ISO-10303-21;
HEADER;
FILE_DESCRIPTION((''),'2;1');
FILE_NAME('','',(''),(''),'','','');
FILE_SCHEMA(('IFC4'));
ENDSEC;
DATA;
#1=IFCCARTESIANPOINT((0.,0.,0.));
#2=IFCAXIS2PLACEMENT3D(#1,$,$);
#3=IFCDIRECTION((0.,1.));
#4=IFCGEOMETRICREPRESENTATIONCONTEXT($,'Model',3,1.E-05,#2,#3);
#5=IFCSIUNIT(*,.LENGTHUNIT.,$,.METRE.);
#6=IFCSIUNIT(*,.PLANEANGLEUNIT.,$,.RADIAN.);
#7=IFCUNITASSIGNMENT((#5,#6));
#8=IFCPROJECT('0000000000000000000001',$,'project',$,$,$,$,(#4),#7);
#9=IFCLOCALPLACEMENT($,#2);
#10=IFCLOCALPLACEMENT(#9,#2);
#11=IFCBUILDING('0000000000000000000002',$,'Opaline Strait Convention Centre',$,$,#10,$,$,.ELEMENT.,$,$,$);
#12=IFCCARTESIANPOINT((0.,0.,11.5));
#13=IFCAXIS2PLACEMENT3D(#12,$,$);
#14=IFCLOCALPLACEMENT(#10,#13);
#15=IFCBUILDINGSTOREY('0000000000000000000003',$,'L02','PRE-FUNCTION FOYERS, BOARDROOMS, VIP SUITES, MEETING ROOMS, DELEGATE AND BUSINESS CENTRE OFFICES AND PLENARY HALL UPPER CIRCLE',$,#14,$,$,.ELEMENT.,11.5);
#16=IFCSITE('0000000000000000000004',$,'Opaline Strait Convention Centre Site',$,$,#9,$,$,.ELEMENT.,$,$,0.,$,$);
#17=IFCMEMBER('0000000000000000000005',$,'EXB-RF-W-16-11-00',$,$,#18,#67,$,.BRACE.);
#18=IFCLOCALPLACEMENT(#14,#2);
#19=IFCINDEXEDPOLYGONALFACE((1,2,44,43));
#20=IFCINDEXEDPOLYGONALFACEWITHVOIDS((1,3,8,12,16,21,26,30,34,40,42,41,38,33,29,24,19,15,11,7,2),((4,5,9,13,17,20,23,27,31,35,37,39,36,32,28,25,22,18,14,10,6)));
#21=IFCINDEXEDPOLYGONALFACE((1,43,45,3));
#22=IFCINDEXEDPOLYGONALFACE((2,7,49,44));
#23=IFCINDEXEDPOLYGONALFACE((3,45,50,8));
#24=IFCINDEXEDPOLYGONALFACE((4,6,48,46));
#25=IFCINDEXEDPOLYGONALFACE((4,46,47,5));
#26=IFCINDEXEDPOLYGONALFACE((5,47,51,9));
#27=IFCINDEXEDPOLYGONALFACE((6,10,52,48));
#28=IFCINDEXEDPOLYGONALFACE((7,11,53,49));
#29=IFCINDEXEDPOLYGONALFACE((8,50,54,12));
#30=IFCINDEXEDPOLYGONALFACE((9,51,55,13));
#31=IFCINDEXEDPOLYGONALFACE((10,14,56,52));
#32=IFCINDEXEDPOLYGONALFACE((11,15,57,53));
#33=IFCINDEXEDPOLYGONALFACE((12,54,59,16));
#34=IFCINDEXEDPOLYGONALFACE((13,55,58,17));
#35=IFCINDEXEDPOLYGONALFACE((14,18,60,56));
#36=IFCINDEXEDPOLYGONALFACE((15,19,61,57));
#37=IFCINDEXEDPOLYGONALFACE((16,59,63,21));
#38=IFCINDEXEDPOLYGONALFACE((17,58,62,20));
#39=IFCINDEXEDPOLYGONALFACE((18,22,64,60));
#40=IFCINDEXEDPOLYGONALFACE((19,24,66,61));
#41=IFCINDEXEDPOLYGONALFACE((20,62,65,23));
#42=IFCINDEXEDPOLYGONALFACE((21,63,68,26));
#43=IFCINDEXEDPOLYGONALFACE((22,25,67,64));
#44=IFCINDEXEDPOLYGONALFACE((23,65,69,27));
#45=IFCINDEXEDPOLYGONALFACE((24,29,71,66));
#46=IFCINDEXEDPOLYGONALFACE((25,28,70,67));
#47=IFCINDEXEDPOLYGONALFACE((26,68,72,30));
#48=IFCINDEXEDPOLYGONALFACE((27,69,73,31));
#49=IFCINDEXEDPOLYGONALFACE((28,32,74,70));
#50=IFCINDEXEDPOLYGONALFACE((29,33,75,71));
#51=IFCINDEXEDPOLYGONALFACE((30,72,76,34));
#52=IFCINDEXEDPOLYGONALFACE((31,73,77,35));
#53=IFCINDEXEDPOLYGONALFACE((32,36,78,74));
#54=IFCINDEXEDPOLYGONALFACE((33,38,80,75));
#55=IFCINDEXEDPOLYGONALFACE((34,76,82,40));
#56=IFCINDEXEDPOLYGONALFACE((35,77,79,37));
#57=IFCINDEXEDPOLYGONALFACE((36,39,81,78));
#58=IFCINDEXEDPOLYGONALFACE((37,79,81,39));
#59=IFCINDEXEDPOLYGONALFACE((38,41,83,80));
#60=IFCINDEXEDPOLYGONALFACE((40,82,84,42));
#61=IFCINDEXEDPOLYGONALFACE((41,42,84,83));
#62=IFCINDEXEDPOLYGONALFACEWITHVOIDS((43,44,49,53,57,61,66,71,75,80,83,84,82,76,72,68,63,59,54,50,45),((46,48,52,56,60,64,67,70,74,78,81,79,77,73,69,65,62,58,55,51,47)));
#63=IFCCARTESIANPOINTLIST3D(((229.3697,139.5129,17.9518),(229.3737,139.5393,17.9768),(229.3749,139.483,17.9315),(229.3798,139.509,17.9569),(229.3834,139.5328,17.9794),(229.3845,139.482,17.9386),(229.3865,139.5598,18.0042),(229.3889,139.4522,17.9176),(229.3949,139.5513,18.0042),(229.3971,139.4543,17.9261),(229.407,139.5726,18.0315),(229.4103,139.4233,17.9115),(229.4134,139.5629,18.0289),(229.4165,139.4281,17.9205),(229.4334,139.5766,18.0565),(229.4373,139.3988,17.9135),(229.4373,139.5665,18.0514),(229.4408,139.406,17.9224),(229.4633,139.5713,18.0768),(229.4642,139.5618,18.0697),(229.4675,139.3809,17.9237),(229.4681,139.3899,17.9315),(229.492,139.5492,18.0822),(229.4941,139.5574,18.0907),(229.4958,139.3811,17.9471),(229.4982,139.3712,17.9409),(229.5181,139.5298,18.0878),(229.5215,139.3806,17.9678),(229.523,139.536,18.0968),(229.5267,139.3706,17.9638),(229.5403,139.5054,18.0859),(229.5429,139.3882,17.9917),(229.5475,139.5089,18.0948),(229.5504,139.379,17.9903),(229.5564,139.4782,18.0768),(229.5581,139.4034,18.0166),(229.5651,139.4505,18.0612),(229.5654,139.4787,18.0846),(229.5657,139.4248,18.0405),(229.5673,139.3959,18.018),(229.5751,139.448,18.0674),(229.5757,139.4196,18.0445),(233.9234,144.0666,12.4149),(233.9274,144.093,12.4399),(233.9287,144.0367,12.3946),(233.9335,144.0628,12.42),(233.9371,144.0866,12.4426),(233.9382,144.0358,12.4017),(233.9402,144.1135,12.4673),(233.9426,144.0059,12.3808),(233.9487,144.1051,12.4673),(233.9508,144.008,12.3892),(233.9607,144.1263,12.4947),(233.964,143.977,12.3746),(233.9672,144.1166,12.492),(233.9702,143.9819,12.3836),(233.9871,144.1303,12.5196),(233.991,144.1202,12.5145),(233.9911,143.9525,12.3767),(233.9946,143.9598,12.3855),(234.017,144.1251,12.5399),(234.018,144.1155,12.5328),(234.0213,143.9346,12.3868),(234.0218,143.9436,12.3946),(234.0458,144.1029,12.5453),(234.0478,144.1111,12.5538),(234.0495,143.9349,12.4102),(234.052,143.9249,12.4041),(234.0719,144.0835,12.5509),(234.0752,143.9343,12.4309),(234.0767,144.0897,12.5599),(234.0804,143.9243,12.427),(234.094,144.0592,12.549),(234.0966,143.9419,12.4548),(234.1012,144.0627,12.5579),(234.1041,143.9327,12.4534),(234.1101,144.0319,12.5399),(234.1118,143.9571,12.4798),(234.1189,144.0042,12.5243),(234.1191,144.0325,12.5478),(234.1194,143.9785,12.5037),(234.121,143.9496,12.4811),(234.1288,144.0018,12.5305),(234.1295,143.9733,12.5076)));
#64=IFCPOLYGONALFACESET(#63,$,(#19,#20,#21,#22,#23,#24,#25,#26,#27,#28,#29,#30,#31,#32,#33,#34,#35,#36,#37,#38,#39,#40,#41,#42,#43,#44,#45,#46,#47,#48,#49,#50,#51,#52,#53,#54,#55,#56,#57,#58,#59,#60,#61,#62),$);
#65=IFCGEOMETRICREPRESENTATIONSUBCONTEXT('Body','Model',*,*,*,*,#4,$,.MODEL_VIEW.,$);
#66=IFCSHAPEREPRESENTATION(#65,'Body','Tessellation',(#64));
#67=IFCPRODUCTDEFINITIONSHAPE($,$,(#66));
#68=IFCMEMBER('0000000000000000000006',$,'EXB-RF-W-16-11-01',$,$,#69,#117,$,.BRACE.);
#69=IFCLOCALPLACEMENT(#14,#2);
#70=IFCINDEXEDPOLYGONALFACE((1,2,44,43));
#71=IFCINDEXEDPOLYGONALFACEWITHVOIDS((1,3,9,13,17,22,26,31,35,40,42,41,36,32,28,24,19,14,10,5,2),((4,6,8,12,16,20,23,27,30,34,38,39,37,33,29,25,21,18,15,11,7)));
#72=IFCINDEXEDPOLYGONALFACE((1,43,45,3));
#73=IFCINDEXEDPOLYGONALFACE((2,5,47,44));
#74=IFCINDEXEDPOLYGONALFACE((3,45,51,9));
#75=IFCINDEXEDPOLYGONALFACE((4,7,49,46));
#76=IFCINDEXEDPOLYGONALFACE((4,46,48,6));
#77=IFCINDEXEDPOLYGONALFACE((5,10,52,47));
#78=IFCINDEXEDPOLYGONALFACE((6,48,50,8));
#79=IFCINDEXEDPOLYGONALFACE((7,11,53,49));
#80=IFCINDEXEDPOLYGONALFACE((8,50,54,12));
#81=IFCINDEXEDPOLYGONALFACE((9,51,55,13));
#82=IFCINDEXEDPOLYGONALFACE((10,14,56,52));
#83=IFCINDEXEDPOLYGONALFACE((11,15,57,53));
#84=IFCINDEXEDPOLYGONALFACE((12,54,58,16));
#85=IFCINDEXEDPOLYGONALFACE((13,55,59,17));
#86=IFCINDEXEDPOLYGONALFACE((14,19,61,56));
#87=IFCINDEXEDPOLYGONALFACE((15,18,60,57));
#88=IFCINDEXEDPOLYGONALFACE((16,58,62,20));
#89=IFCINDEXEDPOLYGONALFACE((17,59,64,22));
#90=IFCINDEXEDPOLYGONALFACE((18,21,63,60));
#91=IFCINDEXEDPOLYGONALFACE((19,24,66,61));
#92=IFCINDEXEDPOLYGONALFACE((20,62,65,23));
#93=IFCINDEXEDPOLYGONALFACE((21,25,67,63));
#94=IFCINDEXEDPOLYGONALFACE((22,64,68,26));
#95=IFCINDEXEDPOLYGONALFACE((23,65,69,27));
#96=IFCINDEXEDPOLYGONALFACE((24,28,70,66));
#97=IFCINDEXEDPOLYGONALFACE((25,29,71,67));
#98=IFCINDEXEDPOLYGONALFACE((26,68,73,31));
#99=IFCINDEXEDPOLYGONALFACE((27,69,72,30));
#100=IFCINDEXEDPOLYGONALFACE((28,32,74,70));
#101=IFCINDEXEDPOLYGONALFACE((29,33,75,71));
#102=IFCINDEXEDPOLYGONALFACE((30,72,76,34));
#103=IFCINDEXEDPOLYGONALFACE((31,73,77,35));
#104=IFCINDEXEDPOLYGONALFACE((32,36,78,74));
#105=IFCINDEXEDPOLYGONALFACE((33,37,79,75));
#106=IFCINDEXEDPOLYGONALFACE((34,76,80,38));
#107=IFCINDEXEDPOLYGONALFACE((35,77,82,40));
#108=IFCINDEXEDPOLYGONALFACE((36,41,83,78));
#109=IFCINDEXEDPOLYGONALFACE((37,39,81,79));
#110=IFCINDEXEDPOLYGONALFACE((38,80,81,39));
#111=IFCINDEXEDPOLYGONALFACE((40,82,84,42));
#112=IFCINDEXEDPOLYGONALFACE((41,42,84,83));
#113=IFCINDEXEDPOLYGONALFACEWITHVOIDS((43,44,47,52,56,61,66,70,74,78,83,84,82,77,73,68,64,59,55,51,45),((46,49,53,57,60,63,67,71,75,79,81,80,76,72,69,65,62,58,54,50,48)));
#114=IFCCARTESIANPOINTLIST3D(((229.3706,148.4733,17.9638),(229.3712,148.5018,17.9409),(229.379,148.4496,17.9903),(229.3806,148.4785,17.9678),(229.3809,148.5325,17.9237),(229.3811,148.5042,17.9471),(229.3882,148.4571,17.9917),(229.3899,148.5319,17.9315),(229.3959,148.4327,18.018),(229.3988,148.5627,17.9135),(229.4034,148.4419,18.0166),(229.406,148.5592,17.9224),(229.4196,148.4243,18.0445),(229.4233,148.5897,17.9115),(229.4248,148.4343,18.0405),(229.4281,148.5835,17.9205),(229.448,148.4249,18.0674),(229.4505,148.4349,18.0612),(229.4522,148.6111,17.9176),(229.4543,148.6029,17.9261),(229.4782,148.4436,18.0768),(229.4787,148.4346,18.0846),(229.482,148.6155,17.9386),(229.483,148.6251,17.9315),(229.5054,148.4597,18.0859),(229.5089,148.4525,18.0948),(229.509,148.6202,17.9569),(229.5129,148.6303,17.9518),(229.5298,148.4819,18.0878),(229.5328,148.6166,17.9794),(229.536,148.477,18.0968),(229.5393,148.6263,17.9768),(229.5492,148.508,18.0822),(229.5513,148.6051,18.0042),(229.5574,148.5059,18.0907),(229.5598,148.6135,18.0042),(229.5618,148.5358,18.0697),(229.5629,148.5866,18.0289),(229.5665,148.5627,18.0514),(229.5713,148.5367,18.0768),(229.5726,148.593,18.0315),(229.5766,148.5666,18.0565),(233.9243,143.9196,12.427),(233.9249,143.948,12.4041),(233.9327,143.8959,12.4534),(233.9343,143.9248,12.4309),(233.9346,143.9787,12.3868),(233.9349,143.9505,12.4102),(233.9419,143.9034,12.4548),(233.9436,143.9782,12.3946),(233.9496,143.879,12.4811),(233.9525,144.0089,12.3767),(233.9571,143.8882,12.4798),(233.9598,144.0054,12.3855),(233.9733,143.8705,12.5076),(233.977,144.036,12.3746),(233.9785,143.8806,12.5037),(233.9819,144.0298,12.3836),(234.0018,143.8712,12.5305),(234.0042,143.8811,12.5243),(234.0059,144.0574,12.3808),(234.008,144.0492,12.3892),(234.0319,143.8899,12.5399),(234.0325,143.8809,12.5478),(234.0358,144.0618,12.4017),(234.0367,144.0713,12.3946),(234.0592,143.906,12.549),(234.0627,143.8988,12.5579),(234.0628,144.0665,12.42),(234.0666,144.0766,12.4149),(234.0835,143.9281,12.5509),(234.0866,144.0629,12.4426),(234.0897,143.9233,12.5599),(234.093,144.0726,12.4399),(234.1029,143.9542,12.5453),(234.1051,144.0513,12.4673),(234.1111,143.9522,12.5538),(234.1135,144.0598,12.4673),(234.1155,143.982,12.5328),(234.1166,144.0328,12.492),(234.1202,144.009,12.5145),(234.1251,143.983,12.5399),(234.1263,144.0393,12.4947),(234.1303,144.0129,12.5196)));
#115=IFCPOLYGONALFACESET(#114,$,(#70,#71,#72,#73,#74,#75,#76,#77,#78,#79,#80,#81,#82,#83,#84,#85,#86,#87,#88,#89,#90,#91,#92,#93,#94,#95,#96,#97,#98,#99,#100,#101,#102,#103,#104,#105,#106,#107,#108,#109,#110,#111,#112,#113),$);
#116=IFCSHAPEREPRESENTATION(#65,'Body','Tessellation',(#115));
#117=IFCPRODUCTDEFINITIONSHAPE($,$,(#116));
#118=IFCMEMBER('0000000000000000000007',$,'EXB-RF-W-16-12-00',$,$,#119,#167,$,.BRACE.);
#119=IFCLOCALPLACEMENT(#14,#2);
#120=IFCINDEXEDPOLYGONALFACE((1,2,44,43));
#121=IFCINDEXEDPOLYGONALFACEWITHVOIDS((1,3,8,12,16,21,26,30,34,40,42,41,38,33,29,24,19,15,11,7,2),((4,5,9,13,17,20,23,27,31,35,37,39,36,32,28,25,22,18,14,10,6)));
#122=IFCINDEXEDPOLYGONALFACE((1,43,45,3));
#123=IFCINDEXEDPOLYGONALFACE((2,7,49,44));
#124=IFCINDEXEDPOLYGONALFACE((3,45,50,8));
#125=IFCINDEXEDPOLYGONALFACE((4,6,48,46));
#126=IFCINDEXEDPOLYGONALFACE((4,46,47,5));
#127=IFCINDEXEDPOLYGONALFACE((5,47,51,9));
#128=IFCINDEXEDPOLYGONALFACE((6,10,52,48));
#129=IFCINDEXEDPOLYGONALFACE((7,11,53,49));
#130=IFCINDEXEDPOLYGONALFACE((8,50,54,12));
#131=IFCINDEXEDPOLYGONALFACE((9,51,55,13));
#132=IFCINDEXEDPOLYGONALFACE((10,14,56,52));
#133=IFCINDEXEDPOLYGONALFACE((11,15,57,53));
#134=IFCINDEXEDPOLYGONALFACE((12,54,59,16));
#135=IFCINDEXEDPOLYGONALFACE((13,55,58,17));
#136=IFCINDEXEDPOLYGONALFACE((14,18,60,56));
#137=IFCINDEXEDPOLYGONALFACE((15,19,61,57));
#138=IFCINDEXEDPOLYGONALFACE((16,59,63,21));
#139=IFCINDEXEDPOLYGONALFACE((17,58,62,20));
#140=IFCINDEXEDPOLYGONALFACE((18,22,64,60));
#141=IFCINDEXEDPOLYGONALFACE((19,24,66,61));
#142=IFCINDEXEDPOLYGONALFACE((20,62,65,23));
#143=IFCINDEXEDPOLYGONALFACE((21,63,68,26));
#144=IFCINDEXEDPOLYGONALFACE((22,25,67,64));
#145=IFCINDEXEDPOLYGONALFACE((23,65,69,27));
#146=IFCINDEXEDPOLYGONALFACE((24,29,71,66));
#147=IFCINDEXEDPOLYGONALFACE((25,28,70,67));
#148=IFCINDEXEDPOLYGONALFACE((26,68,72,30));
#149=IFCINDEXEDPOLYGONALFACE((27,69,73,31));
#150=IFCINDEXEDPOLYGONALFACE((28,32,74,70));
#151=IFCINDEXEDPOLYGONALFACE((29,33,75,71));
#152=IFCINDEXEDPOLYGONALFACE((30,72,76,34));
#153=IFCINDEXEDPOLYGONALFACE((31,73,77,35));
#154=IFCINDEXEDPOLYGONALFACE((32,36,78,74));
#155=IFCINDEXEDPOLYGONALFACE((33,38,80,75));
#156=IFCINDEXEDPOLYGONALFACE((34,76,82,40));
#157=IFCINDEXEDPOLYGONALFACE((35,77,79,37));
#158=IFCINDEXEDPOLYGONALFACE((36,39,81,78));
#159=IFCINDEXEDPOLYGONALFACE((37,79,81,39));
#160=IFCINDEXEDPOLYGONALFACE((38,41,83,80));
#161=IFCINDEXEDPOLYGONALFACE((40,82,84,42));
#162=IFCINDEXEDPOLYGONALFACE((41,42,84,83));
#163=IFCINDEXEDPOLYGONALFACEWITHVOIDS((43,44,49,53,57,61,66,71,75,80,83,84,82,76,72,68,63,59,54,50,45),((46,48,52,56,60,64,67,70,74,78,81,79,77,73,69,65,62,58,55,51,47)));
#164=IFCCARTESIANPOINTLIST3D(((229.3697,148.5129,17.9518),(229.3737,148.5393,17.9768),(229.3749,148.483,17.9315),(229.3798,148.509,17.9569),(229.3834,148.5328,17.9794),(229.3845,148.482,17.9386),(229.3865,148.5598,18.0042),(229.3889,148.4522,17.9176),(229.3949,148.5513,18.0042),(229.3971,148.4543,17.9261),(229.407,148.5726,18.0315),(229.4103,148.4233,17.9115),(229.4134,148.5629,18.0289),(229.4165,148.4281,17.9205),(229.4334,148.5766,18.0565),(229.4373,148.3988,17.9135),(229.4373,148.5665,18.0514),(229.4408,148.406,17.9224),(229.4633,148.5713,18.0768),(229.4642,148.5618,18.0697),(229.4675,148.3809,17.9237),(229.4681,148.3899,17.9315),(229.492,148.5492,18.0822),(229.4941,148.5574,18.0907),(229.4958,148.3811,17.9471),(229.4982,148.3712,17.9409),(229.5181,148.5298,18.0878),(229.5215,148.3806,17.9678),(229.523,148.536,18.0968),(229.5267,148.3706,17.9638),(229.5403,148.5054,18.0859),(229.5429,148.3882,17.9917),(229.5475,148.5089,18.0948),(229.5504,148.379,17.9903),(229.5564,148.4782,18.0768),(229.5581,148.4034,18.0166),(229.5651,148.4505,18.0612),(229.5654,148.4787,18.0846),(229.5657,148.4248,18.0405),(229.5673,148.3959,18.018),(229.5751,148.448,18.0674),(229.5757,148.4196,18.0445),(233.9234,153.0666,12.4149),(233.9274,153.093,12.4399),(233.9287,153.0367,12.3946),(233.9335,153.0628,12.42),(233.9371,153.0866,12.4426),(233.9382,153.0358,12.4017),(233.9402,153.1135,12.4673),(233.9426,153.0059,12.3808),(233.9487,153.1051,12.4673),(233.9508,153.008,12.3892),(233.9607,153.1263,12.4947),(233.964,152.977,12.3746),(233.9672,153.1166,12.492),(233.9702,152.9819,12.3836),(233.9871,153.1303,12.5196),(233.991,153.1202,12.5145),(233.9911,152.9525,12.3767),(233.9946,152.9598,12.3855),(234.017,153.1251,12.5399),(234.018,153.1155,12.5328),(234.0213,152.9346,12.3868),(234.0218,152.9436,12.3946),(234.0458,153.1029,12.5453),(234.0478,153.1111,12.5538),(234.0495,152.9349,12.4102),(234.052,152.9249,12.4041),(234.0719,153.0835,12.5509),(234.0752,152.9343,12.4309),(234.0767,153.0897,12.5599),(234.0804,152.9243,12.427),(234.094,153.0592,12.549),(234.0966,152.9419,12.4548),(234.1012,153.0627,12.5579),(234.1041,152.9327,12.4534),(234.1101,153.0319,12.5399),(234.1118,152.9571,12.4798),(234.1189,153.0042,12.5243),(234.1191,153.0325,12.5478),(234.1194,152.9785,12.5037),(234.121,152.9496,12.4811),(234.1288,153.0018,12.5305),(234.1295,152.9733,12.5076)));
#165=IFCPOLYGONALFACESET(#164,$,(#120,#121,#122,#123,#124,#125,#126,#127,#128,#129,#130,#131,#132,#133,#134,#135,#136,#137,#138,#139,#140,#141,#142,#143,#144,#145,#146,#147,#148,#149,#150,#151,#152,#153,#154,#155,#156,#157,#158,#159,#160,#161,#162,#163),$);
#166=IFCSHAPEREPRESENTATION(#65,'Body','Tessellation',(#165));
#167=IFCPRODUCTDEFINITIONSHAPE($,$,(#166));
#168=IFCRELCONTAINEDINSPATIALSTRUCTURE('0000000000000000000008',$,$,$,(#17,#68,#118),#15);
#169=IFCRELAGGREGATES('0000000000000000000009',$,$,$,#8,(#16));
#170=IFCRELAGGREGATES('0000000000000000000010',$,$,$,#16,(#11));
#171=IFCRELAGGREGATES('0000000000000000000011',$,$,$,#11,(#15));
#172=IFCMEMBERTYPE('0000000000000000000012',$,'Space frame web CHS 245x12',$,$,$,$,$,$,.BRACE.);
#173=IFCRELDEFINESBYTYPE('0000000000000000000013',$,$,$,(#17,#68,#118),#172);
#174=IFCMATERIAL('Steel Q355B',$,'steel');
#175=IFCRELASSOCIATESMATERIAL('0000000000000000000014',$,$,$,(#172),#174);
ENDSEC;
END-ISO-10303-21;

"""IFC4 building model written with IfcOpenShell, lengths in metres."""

from ifc_helpers import new_model, si_unit, direction, frame, origin, origin_2d, place, context, subcontext, project, spatial, hollow_circle, extrude, material, material_profile, profile_set, type_object, element, save


model = new_model("IFC4")

# Units and contexts
model_context = context("Model", 3, precision=1e-05, world=origin(), true_north=direction((0.0, 1.0)))
body_context = subcontext(model_context, "Body", "Model", "MODEL_VIEW")
ifc_project = project(units=[si_unit("LENGTHUNIT", "METRE"), si_unit("PLANEANGLEUNIT", "RADIAN")], contexts=[model_context])

# Site, building, storey
site_placement = place(None, origin())
site = spatial("IfcSite", under=ifc_project, at=site_placement, Name="Opaline Strait Convention Centre Site", CompositionType="ELEMENT", RefElevation=0.0)
building_placement = place(site_placement, origin())
building = spatial("IfcBuilding", under=site, at=building_placement, Name="Opaline Strait Convention Centre", CompositionType="ELEMENT")
storey_placement = place(building_placement, frame((0.0, 0.0, 11.5)))
storey = spatial("IfcBuildingStorey", under=building, at=storey_placement, Name="L02", Description="PRE-FUNCTION FOYERS, BOARDROOMS, VIP SUITES, MEETING ROOMS, DELEGATE AND BUSINESS CENTRE OFFICES AND PLENARY HALL UPPER CIRCLE", CompositionType="ELEMENT", Elevation=11.5)

# Members
ifc_material_1 = material(Name="Steel Q355B", Category="steel")
ifc_material_profile_1 = material_profile(ifc_material_1, hollow_circle(Radius=0.1226, WallThickness=0.012, at=origin_2d()), Name="CHS 245x12")
ifc_profile_set_1 = profile_set([ifc_material_profile_1], Name="Steel Q355B")
member_type_1 = type_object("IfcMemberType", Name="Space frame web CHS 245x12", PredefinedType="BRACE", material=ifc_profile_set_1)
for number, where, z_axis, x_axis, name in (
    (1, (229.4731, 139.4731, 18.0042), (0.536178, 0.536178, -0.65194), (-0.707107, 0.707107, 0.0), "EXB-RF-W-16-11-00"),
    (2, (229.4731, 148.5269, 18.0042), (0.536178, -0.536178, -0.65194), (0.707107, 0.707107, 0.0), "EXB-RF-W-16-11-01"),
    (3, (229.4731, 148.4731, 18.0042), (0.536178, 0.536178, -0.65194), (-0.707107, 0.707107, 0.0), "EXB-RF-W-16-12-00"),
):
    element("IfcMember", number, at=place(storey_placement, frame(where, z_axis=z_axis, x_axis=x_axis)), inside=storey, type_object=member_type_1, Name=name, PredefinedType="BRACE", context=body_context, shape_type="SweptSolid", body=[
        extrude(hollow_circle(Radius=0.1226, WallThickness=0.012, at=origin_2d()), origin(), (0.0, 0.0, 1.0), 8.4929),
    ])

save(model, "model.ifc")
